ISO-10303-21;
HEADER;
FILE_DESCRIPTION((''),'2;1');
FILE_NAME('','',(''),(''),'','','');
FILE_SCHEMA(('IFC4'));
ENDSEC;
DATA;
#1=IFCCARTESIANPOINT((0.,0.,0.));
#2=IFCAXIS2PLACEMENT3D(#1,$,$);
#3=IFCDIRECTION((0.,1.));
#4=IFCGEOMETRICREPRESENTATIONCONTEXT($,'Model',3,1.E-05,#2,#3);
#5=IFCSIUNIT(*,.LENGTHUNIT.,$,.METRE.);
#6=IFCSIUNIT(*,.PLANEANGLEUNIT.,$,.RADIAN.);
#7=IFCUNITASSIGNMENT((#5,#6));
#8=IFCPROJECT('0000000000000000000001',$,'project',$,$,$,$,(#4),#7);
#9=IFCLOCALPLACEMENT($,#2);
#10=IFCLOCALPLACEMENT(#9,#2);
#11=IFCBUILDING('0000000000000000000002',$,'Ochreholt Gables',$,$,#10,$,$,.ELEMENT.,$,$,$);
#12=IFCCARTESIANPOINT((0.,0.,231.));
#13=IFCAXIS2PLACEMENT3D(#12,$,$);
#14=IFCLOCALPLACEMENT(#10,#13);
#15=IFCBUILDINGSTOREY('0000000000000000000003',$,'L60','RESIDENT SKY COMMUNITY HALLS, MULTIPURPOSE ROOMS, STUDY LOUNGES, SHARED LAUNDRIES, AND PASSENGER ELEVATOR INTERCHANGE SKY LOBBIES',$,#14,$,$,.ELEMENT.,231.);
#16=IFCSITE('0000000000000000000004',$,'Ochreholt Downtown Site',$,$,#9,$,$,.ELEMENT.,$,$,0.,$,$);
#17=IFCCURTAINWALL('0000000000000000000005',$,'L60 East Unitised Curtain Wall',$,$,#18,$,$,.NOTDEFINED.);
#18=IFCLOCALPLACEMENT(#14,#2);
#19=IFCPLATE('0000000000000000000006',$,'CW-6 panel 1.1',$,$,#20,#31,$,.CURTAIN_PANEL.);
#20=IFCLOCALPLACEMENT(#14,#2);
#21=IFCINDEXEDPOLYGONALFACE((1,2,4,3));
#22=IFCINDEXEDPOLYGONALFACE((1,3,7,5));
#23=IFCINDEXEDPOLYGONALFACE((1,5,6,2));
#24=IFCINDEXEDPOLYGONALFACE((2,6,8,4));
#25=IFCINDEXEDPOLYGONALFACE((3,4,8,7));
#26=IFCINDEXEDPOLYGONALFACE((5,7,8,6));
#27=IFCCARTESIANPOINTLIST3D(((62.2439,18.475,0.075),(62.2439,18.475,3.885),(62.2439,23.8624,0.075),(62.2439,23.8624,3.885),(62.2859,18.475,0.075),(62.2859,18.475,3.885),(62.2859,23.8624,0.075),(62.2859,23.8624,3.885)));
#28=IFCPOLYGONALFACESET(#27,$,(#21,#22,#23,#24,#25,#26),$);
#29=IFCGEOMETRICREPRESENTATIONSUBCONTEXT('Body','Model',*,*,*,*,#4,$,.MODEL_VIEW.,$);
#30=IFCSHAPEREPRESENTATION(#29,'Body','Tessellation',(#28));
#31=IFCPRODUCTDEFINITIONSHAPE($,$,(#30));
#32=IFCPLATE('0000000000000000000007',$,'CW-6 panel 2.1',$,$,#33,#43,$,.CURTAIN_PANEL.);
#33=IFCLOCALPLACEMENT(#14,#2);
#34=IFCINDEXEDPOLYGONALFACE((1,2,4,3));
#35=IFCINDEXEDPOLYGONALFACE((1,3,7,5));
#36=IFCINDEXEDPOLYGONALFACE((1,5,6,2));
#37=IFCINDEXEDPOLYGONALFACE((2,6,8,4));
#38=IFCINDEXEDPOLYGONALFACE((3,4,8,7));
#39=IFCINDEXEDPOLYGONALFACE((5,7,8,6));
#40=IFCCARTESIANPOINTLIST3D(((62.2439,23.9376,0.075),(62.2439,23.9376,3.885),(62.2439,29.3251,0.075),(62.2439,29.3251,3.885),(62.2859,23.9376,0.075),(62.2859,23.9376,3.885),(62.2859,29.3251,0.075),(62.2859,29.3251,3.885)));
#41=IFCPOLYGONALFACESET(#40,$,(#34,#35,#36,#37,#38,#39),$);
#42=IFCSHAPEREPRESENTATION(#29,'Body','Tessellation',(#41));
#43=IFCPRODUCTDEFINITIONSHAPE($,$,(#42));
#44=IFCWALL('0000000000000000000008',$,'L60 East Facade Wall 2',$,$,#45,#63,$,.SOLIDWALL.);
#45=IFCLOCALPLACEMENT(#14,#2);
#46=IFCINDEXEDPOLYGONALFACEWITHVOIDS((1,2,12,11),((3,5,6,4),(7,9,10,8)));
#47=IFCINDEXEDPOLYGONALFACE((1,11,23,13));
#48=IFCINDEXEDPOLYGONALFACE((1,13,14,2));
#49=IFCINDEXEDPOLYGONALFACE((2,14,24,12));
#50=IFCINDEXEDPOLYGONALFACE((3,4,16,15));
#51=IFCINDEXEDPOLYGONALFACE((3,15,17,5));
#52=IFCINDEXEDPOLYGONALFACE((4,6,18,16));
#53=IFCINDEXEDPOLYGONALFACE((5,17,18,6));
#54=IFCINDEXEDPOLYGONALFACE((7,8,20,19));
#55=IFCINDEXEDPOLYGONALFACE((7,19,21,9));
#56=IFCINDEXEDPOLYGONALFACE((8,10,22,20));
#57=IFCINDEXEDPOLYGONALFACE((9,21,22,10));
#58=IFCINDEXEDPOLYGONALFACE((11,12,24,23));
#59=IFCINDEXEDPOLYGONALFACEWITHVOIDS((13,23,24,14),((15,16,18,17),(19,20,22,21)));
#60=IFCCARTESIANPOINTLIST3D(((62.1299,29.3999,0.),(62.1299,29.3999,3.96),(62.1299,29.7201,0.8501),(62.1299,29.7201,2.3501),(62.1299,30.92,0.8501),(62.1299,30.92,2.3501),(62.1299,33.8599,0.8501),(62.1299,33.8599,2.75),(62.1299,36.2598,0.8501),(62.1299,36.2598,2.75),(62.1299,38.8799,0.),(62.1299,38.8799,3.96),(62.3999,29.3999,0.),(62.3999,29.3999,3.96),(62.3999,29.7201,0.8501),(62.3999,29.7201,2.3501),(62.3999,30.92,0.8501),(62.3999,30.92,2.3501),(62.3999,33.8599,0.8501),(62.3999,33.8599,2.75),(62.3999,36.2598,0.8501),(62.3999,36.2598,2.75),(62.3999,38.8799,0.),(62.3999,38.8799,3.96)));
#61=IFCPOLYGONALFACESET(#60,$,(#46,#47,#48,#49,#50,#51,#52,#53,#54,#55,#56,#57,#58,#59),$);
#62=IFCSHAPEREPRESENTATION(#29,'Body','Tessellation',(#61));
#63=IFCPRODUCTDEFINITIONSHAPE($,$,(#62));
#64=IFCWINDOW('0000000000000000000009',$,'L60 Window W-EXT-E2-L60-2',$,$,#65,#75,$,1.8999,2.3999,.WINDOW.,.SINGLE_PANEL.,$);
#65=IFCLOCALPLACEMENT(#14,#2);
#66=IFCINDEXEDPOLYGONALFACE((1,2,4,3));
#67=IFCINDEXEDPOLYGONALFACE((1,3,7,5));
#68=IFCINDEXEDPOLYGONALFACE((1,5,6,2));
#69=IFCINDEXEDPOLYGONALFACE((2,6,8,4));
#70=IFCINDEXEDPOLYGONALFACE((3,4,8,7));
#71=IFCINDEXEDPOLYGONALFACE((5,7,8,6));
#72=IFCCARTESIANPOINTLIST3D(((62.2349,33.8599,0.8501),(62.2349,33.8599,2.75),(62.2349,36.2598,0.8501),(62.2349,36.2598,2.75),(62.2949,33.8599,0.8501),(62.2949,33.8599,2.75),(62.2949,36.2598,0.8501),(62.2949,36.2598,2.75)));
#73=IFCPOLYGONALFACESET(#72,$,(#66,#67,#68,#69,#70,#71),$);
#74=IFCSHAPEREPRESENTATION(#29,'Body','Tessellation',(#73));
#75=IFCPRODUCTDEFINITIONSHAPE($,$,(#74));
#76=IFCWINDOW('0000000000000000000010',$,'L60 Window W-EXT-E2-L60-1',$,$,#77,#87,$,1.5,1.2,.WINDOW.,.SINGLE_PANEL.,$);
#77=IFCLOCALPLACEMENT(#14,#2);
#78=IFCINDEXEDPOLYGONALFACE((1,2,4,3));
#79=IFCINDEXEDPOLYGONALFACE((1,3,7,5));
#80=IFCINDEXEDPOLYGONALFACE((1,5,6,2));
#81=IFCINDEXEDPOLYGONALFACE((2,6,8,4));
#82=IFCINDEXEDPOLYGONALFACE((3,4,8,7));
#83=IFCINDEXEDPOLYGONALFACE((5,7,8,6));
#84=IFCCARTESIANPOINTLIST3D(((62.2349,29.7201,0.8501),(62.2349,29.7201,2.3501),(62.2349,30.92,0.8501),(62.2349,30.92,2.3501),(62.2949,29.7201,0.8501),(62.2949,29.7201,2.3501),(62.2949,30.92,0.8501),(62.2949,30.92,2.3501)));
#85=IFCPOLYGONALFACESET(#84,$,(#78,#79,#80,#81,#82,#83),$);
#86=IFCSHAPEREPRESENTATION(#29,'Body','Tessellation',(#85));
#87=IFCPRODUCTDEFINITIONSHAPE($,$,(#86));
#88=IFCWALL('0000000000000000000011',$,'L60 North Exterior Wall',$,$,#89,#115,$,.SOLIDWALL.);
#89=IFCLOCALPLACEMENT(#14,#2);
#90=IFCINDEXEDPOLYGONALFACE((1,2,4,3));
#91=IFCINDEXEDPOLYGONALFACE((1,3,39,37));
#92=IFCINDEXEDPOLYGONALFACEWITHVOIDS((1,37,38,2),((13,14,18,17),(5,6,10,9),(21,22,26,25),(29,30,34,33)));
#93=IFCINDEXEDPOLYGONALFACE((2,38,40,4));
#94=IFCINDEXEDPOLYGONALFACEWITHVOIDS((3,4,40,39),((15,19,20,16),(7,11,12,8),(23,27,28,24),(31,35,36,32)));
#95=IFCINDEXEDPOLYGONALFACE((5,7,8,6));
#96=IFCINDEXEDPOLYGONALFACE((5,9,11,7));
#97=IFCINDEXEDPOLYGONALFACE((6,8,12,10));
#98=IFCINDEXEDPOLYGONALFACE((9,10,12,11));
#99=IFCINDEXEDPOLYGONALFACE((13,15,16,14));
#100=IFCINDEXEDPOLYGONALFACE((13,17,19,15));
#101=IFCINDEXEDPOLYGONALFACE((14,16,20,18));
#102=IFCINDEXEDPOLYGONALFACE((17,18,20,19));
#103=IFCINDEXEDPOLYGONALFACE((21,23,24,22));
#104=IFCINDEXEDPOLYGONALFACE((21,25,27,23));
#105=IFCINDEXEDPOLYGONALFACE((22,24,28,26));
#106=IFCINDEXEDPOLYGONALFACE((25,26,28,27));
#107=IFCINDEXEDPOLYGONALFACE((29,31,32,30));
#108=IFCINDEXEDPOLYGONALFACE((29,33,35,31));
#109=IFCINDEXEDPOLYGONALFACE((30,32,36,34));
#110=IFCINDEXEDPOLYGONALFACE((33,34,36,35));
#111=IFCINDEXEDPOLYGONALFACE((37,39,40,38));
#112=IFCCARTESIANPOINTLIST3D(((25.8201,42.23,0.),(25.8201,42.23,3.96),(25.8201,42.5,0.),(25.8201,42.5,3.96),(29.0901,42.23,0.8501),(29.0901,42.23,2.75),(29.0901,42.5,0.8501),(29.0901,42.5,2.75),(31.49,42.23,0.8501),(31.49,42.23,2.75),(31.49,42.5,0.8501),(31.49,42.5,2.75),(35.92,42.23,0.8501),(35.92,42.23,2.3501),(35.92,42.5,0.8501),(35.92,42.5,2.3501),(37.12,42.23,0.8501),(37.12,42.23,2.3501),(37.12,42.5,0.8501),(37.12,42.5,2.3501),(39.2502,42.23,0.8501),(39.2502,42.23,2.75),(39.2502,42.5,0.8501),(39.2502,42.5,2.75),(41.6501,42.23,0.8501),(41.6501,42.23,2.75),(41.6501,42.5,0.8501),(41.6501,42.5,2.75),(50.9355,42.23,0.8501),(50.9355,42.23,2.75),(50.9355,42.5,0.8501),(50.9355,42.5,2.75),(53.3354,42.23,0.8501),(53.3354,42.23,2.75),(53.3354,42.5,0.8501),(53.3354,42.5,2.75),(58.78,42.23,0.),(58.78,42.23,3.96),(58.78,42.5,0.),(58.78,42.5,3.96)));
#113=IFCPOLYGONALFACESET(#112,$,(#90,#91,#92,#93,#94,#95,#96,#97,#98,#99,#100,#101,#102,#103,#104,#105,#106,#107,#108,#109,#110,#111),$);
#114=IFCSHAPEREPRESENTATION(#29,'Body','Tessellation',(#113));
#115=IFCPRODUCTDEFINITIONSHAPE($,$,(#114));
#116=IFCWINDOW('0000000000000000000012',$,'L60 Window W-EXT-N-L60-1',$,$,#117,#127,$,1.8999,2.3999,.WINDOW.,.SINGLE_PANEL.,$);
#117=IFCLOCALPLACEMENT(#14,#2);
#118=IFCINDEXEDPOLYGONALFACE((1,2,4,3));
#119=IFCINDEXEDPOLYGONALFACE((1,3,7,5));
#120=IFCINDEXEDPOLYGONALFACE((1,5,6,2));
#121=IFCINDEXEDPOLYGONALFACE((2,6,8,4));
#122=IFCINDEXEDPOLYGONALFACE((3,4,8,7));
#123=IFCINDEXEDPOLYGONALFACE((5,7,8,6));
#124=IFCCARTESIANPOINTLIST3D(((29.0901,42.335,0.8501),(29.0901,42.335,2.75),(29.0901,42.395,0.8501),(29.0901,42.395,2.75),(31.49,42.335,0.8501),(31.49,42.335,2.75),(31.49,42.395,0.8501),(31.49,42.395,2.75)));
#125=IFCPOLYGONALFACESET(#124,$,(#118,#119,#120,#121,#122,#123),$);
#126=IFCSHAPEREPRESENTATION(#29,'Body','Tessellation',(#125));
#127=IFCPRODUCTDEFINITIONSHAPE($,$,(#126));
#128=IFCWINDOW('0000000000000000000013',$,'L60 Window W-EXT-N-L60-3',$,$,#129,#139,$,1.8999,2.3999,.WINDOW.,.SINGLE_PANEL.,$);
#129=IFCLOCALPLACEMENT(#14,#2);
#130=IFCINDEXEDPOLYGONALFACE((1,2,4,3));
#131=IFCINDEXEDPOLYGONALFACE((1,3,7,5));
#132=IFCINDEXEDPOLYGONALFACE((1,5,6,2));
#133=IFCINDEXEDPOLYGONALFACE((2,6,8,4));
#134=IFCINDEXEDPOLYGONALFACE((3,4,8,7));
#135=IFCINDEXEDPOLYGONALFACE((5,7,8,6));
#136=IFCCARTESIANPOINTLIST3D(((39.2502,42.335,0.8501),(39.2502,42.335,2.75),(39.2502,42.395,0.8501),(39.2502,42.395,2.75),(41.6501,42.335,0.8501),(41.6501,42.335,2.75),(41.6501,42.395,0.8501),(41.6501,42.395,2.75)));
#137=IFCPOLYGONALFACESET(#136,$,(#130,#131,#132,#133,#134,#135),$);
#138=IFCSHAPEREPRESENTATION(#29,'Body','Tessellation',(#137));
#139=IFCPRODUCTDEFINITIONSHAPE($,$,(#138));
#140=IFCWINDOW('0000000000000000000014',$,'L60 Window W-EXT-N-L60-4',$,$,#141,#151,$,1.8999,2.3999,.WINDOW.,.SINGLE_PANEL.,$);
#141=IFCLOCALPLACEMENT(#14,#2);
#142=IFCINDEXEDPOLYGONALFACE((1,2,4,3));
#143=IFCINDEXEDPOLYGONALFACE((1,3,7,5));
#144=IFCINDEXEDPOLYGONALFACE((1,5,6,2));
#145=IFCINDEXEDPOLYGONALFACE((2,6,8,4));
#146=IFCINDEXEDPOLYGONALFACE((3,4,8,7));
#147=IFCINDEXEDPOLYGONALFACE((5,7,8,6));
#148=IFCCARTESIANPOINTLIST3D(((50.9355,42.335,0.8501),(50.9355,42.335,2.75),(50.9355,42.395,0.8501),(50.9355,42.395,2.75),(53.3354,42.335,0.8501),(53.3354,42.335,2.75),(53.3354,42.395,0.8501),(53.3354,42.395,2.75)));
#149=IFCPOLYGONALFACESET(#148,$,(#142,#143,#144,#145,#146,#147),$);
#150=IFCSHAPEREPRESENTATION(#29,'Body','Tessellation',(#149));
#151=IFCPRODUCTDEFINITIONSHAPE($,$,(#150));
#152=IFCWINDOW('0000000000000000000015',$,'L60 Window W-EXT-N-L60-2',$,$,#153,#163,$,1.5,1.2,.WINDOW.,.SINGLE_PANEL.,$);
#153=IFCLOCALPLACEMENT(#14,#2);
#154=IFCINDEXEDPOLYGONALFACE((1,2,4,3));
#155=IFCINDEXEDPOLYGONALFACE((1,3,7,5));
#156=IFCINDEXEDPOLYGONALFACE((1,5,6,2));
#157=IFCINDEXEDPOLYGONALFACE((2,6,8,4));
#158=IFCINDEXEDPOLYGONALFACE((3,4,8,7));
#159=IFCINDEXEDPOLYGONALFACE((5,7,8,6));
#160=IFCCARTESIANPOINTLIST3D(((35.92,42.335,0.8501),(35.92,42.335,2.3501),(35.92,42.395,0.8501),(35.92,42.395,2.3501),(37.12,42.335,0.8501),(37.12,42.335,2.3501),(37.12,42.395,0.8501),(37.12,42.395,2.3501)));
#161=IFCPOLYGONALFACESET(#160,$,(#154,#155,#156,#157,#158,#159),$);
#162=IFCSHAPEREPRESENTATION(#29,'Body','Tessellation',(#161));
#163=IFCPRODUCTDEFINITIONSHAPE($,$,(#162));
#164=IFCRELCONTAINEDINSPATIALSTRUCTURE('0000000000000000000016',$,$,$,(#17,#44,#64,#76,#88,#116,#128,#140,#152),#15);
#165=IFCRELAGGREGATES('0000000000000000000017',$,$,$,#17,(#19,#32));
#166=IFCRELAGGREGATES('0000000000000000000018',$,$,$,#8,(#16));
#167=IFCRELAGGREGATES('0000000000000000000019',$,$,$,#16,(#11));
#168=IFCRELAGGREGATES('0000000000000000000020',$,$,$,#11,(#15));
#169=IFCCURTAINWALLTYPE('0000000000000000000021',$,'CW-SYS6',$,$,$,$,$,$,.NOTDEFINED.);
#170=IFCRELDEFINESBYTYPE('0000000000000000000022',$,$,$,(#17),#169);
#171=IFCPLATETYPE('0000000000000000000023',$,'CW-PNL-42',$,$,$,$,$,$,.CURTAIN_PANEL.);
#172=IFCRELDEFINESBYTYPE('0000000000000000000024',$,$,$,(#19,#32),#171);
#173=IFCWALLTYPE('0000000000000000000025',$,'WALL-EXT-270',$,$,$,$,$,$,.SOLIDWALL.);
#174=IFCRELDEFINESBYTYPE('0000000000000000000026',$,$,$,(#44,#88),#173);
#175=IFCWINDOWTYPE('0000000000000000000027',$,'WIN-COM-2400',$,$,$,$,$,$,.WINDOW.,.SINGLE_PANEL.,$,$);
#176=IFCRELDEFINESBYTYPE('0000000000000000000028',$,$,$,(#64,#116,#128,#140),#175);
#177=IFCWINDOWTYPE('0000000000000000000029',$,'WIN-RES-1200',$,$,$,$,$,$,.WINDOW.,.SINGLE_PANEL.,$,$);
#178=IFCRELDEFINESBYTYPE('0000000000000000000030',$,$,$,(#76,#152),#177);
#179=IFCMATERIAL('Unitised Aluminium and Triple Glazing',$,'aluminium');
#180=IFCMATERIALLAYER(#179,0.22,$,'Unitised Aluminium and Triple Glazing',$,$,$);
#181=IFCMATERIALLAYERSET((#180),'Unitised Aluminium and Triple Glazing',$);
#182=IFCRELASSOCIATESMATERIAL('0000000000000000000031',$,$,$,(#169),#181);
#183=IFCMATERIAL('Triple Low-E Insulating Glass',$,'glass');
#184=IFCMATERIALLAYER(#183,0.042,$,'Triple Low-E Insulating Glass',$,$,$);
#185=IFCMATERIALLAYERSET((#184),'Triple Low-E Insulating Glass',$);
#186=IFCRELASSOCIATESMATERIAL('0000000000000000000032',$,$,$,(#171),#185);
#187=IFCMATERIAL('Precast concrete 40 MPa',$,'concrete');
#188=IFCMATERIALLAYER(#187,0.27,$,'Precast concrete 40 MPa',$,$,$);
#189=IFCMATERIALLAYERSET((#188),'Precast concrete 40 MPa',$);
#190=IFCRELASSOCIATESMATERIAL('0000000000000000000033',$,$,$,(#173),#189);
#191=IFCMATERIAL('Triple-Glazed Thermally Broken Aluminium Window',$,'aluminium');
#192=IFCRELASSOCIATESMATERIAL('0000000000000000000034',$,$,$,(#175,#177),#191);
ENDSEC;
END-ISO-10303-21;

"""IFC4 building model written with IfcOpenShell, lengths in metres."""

from ifc_helpers import new_model, si_unit, direction, frame, frame_2d, origin, origin_2d, place, context, subcontext, project, spatial, rectangle, extrude, material, layer, layer_set, type_object, element, fill, aggregate, save


model = new_model("IFC4")

# Units and contexts
model_context = context("Model", 3, precision=1e-05, world=origin(), true_north=direction((0.0, 1.0)))
body_context = subcontext(model_context, "Body", "Model", "MODEL_VIEW")
ifc_project = project(units=[si_unit("LENGTHUNIT", "METRE"), si_unit("PLANEANGLEUNIT", "RADIAN")], contexts=[model_context])

# Site, building, storey
site_placement = place(None, origin())
site = spatial("IfcSite", under=ifc_project, at=site_placement, Name="Ochreholt Downtown Site", CompositionType="ELEMENT", RefElevation=0.0)
building_placement = place(site_placement, origin())
building = spatial("IfcBuilding", under=site, at=building_placement, Name="Ochreholt Gables", CompositionType="ELEMENT")
storey_placement = place(building_placement, frame((0.0, 0.0, 231.0)))
storey = spatial("IfcBuildingStorey", under=building, at=storey_placement, Name="L60", Description="RESIDENT SKY COMMUNITY HALLS, MULTIPURPOSE ROOMS, STUDY LOUNGES, SHARED LAUNDRIES, AND PASSENGER ELEVATOR INTERCHANGE SKY LOBBIES", CompositionType="ELEMENT", Elevation=231.0)

# Curtain wall, plates
ifc_material_1 = material(Name="Unitised Aluminium and Triple Glazing", Category="aluminium")
ifc_layer_1 = layer(ifc_material_1, 0.22, Name="Unitised Aluminium and Triple Glazing")
ifc_layer_set_1 = layer_set([ifc_layer_1], Name="Unitised Aluminium and Triple Glazing")
curtain_wall_type = type_object("IfcCurtainWallType", Name="CW-SYS6", PredefinedType="NOTDEFINED", material=ifc_layer_set_1)
curtain_wall_placement = place(storey_placement, origin())
curtain_wall = element("IfcCurtainWall", 1, at=curtain_wall_placement, inside=storey, type_object=curtain_wall_type, Name="L60 East Unitised Curtain Wall", PredefinedType="NOTDEFINED")
ifc_material_2 = material(Name="Triple Low-E Insulating Glass", Category="glass")
ifc_layer_2 = layer(ifc_material_2, 0.042, Name="Triple Low-E Insulating Glass")
ifc_layer_set_2 = layer_set([ifc_layer_2], Name="Triple Low-E Insulating Glass")
plate_type = type_object("IfcPlateType", Name="CW-PNL-42", PredefinedType="CURTAIN_PANEL", material=ifc_layer_set_2)
plate_1_placement = place(storey_placement, frame((62.2649, 21.1687, 0.075), z_axis=(0.0, 0.0, 1.0), x_axis=(0.0, 1.0, 0.0)))
plate_1 = element("IfcPlate", 2, at=plate_1_placement, type_object=plate_type, Name="CW-6 panel 1.1", PredefinedType="CURTAIN_PANEL", context=body_context, shape_type="SweptSolid", body=[
    extrude(rectangle(XDim=5.3875, YDim=0.042, at=origin_2d()), origin(), (0.0, 0.0, 1.0), 3.8101),
])
plate_2_placement = place(storey_placement, frame((62.2649, 26.6313, 0.075), z_axis=(0.0, 0.0, 1.0), x_axis=(0.0, 1.0, 0.0)))
plate_2 = element("IfcPlate", 3, at=plate_2_placement, type_object=plate_type, Name="CW-6 panel 2.1", PredefinedType="CURTAIN_PANEL", context=body_context, shape_type="SweptSolid", body=[
    extrude(rectangle(XDim=5.3875, YDim=0.042, at=origin_2d()), origin(), (0.0, 0.0, 1.0), 3.8101),
])
aggregate(curtain_wall, [plate_1, plate_2])

# Walls, openings, windows
ifc_material_3 = material(Name="Precast concrete 40 MPa", Category="concrete")
ifc_layer_3 = layer(ifc_material_3, 0.27, Name="Precast concrete 40 MPa")
ifc_layer_set_3 = layer_set([ifc_layer_3], Name="Precast concrete 40 MPa")
wall_type_1 = type_object("IfcWallType", Name="WALL-EXT-270", PredefinedType="SOLIDWALL", material=ifc_layer_set_3)
wall_1_placement = place(storey_placement, frame((62.2649, 29.3999, 0.0), z_axis=(0.0, 0.0, 1.0), x_axis=(0.0, 1.0, 0.0)))
wall_1 = element("IfcWall", 4, at=wall_1_placement, inside=storey, type_object=wall_type_1, Name="L60 East Facade Wall 2", PredefinedType="SOLIDWALL", context=body_context, shape_type="SweptSolid", body=[
    extrude(rectangle(XDim=9.48, YDim=0.27, at=frame_2d((4.74, 0.0))), origin(), (0.0, 0.0, 1.0), 3.96),
])
opening_1_placement = place(wall_1_placement, frame((0.3201, 0.0, 0.8501)))
opening_1 = element("IfcOpeningElement", 5, at=opening_1_placement, cuts=wall_1, PredefinedType="OPENING", context=body_context, shape_type="SweptSolid", body=[
    extrude(rectangle(XDim=1.2, YDim=1.5, at=frame_2d((0.6001, 0.75))), frame((0.0, 0.145, 0.0), z_axis=(0.0, -1.0, 0.0), x_axis=(1.0, 0.0, 0.0)), (0.0, 0.0, 1.0), 0.29),
])
opening_2_placement = place(wall_1_placement, frame((4.46, 0.0, 0.8501)))
opening_2 = element("IfcOpeningElement", 6, at=opening_2_placement, cuts=wall_1, PredefinedType="OPENING", context=body_context, shape_type="SweptSolid", body=[
    extrude(rectangle(XDim=2.3999, YDim=1.8999, at=frame_2d((1.2, 0.95))), frame((0.0, 0.145, 0.0), z_axis=(0.0, -1.0, 0.0), x_axis=(1.0, 0.0, 0.0)), (0.0, 0.0, 1.0), 0.29),
])
ifc_material_4 = material(Name="Triple-Glazed Thermally Broken Aluminium Window", Category="aluminium")
window_type_1 = type_object("IfcWindowType", Name="WIN-COM-2400", PartitioningType="SINGLE_PANEL", PredefinedType="WINDOW", material=ifc_material_4)
window_1_placement = place(opening_2_placement, origin())
window_1 = element("IfcWindow", 7, at=window_1_placement, inside=storey, type_object=window_type_1, Name="L60 Window W-EXT-E2-L60-2", OverallHeight=1.8999, OverallWidth=2.3999, PartitioningType="SINGLE_PANEL", PredefinedType="WINDOW", context=body_context, shape_type="SweptSolid", body=[
    extrude(rectangle(XDim=2.3999, YDim=1.8999, at=frame_2d((1.2, 0.95))), frame((0.0, 0.03, 0.0), z_axis=(0.0, -1.0, 0.0), x_axis=(1.0, 0.0, 0.0)), (0.0, 0.0, 1.0), 0.0601),
])
fill(opening_2, window_1)
window_type_2 = type_object("IfcWindowType", Name="WIN-RES-1200", PartitioningType="SINGLE_PANEL", PredefinedType="WINDOW", material=ifc_material_4)
window_2_placement = place(opening_1_placement, origin())
window_2 = element("IfcWindow", 8, at=window_2_placement, inside=storey, type_object=window_type_2, Name="L60 Window W-EXT-E2-L60-1", OverallHeight=1.5, OverallWidth=1.2, PartitioningType="SINGLE_PANEL", PredefinedType="WINDOW", context=body_context, shape_type="SweptSolid", body=[
    extrude(rectangle(XDim=1.2, YDim=1.5, at=frame_2d((0.6001, 0.75))), frame((0.0, 0.03, 0.0), z_axis=(0.0, -1.0, 0.0), x_axis=(1.0, 0.0, 0.0)), (0.0, 0.0, 1.0), 0.0601),
])
fill(opening_1, window_2)
wall_2_placement = place(storey_placement, frame((58.78, 42.365, 0.0), z_axis=(0.0, 0.0, 1.0), x_axis=(-1.0, 0.0, 0.0)))
wall_2 = element("IfcWall", 9, at=wall_2_placement, inside=storey, type_object=wall_type_1, Name="L60 North Exterior Wall", PredefinedType="SOLIDWALL", context=body_context, shape_type="SweptSolid", body=[
    extrude(rectangle(XDim=32.96, YDim=0.27, at=frame_2d((16.48, 0.0))), origin(), (0.0, 0.0, 1.0), 3.96),
])
opening_3_placement = place(wall_2_placement, frame((27.29, 0.0, 0.8501)))
opening_3 = element("IfcOpeningElement", 10, at=opening_3_placement, cuts=wall_2, PredefinedType="OPENING", context=body_context, shape_type="SweptSolid", body=[
    extrude(rectangle(XDim=2.3999, YDim=1.8999, at=frame_2d((1.2, 0.95))), frame((0.0, 0.145, 0.0), z_axis=(0.0, -1.0, 0.0), x_axis=(1.0, 0.0, 0.0)), (0.0, 0.0, 1.0), 0.29),
])
opening_4_placement = place(wall_2_placement, frame((21.6599, 0.0, 0.8501)))
opening_4 = element("IfcOpeningElement", 11, at=opening_4_placement, cuts=wall_2, PredefinedType="OPENING", context=body_context, shape_type="SweptSolid", body=[
    extrude(rectangle(XDim=1.2, YDim=1.5, at=frame_2d((0.6001, 0.75))), frame((0.0, 0.145, 0.0), z_axis=(0.0, -1.0, 0.0), x_axis=(1.0, 0.0, 0.0)), (0.0, 0.0, 1.0), 0.29),
])
opening_5_placement = place(wall_2_placement, frame((17.1299, 0.0, 0.8501)))
opening_5 = element("IfcOpeningElement", 12, at=opening_5_placement, cuts=wall_2, PredefinedType="OPENING", context=body_context, shape_type="SweptSolid", body=[
    extrude(rectangle(XDim=2.3999, YDim=1.8999, at=frame_2d((1.2, 0.95))), frame((0.0, 0.145, 0.0), z_axis=(0.0, -1.0, 0.0), x_axis=(1.0, 0.0, 0.0)), (0.0, 0.0, 1.0), 0.29),
])
opening_6_placement = place(wall_2_placement, frame((5.4446, 0.0, 0.8501)))
opening_6 = element("IfcOpeningElement", 13, at=opening_6_placement, cuts=wall_2, PredefinedType="OPENING", context=body_context, shape_type="SweptSolid", body=[
    extrude(rectangle(XDim=2.3999, YDim=1.8999, at=frame_2d((1.2, 0.95))), frame((0.0, 0.145, 0.0), z_axis=(0.0, -1.0, 0.0), x_axis=(1.0, 0.0, 0.0)), (0.0, 0.0, 1.0), 0.29),
])
window_3_placement = place(opening_3_placement, origin())
window_3 = element("IfcWindow", 14, at=window_3_placement, inside=storey, type_object=window_type_1, Name="L60 Window W-EXT-N-L60-1", OverallHeight=1.8999, OverallWidth=2.3999, PartitioningType="SINGLE_PANEL", PredefinedType="WINDOW", context=body_context, shape_type="SweptSolid", body=[
    extrude(rectangle(XDim=2.3999, YDim=1.8999, at=frame_2d((1.2, 0.95))), frame((0.0, 0.03, 0.0), z_axis=(0.0, -1.0, 0.0), x_axis=(1.0, 0.0, 0.0)), (0.0, 0.0, 1.0), 0.0601),
])
fill(opening_3, window_3)
window_4_placement = place(opening_5_placement, origin())
window_4 = element("IfcWindow", 15, at=window_4_placement, inside=storey, type_object=window_type_1, Name="L60 Window W-EXT-N-L60-3", OverallHeight=1.8999, OverallWidth=2.3999, PartitioningType="SINGLE_PANEL", PredefinedType="WINDOW", context=body_context, shape_type="SweptSolid", body=[
    extrude(rectangle(XDim=2.3999, YDim=1.8999, at=frame_2d((1.2, 0.95))), frame((0.0, 0.03, 0.0), z_axis=(0.0, -1.0, 0.0), x_axis=(1.0, 0.0, 0.0)), (0.0, 0.0, 1.0), 0.0601),
])
fill(opening_5, window_4)
window_5_placement = place(opening_6_placement, origin())
window_5 = element("IfcWindow", 16, at=window_5_placement, inside=storey, type_object=window_type_1, Name="L60 Window W-EXT-N-L60-4", OverallHeight=1.8999, OverallWidth=2.3999, PartitioningType="SINGLE_PANEL", PredefinedType="WINDOW", context=body_context, shape_type="SweptSolid", body=[
    extrude(rectangle(XDim=2.3999, YDim=1.8999, at=frame_2d((1.2, 0.95))), frame((0.0, 0.03, 0.0), z_axis=(0.0, -1.0, 0.0), x_axis=(1.0, 0.0, 0.0)), (0.0, 0.0, 1.0), 0.0601),
])
fill(opening_6, window_5)
window_6_placement = place(opening_4_placement, origin())
window_6 = element("IfcWindow", 17, at=window_6_placement, inside=storey, type_object=window_type_2, Name="L60 Window W-EXT-N-L60-2", OverallHeight=1.5, OverallWidth=1.2, PartitioningType="SINGLE_PANEL", PredefinedType="WINDOW", context=body_context, shape_type="SweptSolid", body=[
    extrude(rectangle(XDim=1.2, YDim=1.5, at=frame_2d((0.6001, 0.75))), frame((0.0, 0.03, 0.0), z_axis=(0.0, -1.0, 0.0), x_axis=(1.0, 0.0, 0.0)), (0.0, 0.0, 1.0), 0.0601),
])
fill(opening_4, window_6)

save(model, "model.ifc")
